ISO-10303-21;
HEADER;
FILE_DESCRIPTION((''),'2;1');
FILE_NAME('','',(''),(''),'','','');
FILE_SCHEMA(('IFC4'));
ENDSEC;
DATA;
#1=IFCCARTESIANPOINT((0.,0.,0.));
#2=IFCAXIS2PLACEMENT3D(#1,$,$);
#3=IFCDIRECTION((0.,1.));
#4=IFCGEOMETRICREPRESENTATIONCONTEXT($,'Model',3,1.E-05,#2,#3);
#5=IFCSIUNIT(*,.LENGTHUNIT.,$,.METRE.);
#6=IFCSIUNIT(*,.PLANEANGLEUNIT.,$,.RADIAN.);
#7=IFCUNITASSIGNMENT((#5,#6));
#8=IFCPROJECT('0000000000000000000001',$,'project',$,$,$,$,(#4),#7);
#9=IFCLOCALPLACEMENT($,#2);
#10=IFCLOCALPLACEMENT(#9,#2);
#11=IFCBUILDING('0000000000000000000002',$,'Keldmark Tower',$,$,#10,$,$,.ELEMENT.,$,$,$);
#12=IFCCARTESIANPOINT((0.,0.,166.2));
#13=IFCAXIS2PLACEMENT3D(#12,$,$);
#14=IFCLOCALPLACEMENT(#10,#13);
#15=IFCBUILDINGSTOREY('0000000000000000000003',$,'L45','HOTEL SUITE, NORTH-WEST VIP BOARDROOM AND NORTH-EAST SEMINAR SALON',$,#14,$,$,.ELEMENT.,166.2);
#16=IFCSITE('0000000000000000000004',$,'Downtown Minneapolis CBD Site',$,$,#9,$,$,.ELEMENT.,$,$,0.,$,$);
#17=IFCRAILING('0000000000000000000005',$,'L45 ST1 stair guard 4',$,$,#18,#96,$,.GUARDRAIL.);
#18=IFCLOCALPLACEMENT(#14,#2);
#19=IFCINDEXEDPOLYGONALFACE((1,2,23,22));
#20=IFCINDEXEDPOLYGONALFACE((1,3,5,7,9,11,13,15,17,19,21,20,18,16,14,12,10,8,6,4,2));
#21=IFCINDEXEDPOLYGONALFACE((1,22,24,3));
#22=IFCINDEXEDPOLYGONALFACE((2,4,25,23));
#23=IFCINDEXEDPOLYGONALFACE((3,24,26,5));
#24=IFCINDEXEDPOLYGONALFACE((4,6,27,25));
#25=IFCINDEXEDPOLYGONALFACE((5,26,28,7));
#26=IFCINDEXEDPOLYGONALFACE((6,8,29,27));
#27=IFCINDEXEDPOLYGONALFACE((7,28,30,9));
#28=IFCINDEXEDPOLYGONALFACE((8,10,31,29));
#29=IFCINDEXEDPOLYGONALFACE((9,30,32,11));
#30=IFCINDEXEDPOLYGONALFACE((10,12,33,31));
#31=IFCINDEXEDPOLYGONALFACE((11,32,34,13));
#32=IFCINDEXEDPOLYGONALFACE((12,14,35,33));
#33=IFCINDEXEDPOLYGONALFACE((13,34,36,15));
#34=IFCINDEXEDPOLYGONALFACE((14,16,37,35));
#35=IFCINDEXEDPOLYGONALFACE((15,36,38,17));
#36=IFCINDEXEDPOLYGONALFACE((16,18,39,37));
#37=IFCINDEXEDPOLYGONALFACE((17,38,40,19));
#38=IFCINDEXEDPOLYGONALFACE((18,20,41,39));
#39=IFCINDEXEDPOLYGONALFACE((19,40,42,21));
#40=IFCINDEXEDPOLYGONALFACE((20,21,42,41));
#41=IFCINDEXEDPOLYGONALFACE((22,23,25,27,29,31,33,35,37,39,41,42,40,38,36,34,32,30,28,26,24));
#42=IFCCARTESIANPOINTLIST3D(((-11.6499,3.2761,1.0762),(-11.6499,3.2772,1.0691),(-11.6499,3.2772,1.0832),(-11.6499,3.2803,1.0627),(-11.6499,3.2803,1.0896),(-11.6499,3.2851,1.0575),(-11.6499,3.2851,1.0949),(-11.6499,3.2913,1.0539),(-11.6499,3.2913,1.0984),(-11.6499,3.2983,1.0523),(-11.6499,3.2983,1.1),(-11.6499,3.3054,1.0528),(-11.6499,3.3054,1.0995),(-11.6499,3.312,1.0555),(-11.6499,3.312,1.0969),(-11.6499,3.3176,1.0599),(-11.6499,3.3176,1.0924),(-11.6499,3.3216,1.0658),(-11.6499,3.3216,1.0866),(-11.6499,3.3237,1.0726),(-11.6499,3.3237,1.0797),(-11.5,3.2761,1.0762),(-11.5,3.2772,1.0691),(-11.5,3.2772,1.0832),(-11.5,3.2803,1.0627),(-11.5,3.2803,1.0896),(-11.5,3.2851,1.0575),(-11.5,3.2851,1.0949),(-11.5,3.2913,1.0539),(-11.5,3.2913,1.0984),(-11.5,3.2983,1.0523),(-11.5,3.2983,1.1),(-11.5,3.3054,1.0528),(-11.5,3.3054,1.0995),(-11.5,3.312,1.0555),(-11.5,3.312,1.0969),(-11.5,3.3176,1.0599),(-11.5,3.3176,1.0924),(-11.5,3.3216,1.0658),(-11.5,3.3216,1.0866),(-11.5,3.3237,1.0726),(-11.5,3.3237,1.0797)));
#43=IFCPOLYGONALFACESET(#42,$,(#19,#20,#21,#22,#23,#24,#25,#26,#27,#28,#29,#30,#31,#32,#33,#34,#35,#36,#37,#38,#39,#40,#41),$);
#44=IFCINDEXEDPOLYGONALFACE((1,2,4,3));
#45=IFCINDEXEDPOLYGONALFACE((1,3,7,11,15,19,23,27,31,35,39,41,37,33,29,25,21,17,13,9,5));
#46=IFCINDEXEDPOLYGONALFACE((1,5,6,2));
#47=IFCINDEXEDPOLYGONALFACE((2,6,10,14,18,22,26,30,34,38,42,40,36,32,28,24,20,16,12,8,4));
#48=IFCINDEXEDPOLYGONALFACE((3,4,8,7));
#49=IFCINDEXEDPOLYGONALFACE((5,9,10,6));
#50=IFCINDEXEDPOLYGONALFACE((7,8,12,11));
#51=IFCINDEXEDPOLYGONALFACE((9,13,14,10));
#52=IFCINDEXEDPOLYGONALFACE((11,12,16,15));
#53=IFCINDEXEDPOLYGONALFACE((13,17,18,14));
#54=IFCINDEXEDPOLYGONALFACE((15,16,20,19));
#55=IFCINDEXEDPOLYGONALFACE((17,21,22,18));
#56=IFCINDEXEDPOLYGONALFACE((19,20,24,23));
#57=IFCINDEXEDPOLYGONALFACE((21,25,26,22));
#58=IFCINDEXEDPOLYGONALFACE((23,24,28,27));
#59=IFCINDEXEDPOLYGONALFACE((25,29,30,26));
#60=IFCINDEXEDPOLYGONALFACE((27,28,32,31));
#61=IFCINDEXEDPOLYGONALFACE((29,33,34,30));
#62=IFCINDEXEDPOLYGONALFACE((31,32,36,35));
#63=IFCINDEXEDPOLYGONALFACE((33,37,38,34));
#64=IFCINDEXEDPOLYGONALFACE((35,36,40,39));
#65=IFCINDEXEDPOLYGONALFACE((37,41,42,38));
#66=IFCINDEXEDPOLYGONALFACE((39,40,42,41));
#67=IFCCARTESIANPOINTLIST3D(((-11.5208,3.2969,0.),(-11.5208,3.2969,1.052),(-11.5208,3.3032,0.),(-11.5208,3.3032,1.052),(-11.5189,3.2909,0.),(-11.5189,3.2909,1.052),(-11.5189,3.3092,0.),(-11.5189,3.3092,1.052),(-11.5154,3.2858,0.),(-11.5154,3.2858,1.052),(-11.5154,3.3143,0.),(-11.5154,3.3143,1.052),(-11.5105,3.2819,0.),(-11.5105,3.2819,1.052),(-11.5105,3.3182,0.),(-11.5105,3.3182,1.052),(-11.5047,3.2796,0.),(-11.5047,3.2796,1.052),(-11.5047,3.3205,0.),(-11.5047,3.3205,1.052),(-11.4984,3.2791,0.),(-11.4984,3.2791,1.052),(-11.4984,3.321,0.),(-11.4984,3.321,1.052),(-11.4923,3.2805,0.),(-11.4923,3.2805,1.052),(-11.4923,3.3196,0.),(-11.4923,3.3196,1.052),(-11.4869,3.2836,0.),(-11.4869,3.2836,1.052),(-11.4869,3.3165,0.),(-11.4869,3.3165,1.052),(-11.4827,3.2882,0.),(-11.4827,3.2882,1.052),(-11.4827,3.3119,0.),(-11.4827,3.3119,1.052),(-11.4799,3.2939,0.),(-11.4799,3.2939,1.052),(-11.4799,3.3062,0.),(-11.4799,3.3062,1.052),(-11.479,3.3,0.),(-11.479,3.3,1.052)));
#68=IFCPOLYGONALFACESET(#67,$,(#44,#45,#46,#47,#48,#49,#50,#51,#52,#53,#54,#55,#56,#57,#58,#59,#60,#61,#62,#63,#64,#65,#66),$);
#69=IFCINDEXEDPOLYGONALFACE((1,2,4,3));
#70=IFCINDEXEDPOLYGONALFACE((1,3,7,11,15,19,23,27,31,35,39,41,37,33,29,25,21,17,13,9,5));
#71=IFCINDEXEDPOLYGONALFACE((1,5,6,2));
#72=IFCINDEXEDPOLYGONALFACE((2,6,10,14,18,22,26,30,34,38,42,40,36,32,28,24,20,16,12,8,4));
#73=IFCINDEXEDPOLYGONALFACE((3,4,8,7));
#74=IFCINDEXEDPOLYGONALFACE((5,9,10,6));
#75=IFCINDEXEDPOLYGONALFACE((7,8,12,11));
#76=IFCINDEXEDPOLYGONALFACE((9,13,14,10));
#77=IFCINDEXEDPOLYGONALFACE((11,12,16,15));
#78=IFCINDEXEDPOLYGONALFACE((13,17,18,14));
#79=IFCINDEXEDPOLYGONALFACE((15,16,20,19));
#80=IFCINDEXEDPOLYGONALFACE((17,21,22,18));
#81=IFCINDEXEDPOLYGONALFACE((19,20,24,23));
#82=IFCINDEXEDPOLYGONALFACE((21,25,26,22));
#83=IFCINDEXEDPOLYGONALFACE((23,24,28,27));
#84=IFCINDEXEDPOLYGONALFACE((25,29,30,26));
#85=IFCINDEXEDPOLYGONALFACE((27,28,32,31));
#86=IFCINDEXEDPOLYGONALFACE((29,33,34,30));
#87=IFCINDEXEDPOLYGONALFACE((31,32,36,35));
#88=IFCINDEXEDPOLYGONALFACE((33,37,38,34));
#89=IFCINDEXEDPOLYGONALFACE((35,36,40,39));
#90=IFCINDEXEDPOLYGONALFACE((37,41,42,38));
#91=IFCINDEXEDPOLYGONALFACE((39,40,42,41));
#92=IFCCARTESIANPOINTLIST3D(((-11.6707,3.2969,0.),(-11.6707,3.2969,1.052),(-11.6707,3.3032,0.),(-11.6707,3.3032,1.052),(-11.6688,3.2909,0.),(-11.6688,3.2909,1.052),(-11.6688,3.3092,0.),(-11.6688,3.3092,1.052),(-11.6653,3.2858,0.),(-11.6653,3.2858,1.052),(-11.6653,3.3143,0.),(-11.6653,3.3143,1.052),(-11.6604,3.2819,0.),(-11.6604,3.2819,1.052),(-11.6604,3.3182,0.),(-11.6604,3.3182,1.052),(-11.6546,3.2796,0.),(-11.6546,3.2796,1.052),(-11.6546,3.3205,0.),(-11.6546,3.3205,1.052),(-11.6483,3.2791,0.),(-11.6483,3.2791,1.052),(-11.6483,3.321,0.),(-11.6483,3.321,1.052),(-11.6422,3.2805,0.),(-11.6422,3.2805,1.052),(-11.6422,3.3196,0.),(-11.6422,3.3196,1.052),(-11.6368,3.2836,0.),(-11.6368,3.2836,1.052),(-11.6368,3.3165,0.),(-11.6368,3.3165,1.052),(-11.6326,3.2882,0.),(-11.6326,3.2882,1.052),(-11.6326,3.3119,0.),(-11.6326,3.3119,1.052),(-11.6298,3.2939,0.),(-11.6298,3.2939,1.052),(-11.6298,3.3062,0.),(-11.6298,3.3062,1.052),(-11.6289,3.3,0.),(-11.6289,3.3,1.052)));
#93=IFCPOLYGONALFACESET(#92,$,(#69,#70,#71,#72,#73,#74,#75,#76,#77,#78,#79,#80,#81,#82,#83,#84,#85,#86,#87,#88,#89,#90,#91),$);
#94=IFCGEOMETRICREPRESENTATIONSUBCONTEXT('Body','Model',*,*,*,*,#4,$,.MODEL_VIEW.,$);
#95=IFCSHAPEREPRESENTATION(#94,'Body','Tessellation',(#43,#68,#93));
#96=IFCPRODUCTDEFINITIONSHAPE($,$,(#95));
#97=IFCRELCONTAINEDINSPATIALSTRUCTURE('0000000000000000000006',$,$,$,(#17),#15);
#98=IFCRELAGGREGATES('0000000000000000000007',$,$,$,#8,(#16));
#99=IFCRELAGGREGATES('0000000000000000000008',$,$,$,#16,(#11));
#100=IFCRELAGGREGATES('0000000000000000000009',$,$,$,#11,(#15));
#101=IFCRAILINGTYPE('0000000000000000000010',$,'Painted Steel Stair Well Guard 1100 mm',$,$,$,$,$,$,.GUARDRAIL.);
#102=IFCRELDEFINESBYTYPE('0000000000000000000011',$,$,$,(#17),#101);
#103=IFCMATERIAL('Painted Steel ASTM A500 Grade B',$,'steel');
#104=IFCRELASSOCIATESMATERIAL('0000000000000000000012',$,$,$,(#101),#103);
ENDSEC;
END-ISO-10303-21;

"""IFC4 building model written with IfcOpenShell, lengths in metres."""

from ifc_helpers import new_model, si_unit, direction, frame, origin, origin_2d, place, context, subcontext, project, spatial, circle, extrude, material, type_object, element, save


model = new_model("IFC4")

# Units and contexts
model_context = context("Model", 3, precision=1e-05, world=origin(), true_north=direction((0.0, 1.0)))
body_context = subcontext(model_context, "Body", "Model", "MODEL_VIEW")
ifc_project = project(units=[si_unit("LENGTHUNIT", "METRE"), si_unit("PLANEANGLEUNIT", "RADIAN")], contexts=[model_context])

# Site, building, storey
site_placement = place(None, origin())
site = spatial("IfcSite", under=ifc_project, at=site_placement, Name="Downtown Minneapolis CBD Site", CompositionType="ELEMENT", RefElevation=0.0)
building_placement = place(site_placement, origin())
building = spatial("IfcBuilding", under=site, at=building_placement, Name="Keldmark Tower", CompositionType="ELEMENT")
storey_placement = place(building_placement, frame((0.0, 0.0, 166.2)))
storey = spatial("IfcBuildingStorey", under=building, at=storey_placement, Name="L45", Description="HOTEL SUITE, NORTH-WEST VIP BOARDROOM AND NORTH-EAST SEMINAR SALON", CompositionType="ELEMENT", Elevation=166.2)

# Railing
ifc_material_1 = material(Name="Painted Steel ASTM A500 Grade B", Category="steel")
railing_type_1 = type_object("IfcRailingType", Name="Painted Steel Stair Well Guard 1100 mm", PredefinedType="GUARDRAIL", material=ifc_material_1)
railing_1_placement = place(storey_placement, frame((-11.5, 3.3, 0.0)))
element("IfcRailing", 1, at=railing_1_placement, inside=storey, type_object=railing_type_1, Name="L45 ST1 stair guard 4", PredefinedType="GUARDRAIL", context=body_context, shape_type="SweptSolid", body=[
    extrude(circle(Radius=0.0239, at=origin_2d()), frame((0.0, 0.0, 1.0762), z_axis=(-1.0, 0.0, 0.0), x_axis=(0.0, -1.0, 0.0)), (0.0, 0.0, 1.0), 0.1499),
    extrude(circle(Radius=0.021, at=origin_2d()), origin(), (0.0, 0.0, 1.0), 1.052),
    extrude(circle(Radius=0.021, at=origin_2d()), frame((-0.1499, 0.0, 0.0)), (0.0, 0.0, 1.0), 1.052),
])

save(model, "model.ifc")
